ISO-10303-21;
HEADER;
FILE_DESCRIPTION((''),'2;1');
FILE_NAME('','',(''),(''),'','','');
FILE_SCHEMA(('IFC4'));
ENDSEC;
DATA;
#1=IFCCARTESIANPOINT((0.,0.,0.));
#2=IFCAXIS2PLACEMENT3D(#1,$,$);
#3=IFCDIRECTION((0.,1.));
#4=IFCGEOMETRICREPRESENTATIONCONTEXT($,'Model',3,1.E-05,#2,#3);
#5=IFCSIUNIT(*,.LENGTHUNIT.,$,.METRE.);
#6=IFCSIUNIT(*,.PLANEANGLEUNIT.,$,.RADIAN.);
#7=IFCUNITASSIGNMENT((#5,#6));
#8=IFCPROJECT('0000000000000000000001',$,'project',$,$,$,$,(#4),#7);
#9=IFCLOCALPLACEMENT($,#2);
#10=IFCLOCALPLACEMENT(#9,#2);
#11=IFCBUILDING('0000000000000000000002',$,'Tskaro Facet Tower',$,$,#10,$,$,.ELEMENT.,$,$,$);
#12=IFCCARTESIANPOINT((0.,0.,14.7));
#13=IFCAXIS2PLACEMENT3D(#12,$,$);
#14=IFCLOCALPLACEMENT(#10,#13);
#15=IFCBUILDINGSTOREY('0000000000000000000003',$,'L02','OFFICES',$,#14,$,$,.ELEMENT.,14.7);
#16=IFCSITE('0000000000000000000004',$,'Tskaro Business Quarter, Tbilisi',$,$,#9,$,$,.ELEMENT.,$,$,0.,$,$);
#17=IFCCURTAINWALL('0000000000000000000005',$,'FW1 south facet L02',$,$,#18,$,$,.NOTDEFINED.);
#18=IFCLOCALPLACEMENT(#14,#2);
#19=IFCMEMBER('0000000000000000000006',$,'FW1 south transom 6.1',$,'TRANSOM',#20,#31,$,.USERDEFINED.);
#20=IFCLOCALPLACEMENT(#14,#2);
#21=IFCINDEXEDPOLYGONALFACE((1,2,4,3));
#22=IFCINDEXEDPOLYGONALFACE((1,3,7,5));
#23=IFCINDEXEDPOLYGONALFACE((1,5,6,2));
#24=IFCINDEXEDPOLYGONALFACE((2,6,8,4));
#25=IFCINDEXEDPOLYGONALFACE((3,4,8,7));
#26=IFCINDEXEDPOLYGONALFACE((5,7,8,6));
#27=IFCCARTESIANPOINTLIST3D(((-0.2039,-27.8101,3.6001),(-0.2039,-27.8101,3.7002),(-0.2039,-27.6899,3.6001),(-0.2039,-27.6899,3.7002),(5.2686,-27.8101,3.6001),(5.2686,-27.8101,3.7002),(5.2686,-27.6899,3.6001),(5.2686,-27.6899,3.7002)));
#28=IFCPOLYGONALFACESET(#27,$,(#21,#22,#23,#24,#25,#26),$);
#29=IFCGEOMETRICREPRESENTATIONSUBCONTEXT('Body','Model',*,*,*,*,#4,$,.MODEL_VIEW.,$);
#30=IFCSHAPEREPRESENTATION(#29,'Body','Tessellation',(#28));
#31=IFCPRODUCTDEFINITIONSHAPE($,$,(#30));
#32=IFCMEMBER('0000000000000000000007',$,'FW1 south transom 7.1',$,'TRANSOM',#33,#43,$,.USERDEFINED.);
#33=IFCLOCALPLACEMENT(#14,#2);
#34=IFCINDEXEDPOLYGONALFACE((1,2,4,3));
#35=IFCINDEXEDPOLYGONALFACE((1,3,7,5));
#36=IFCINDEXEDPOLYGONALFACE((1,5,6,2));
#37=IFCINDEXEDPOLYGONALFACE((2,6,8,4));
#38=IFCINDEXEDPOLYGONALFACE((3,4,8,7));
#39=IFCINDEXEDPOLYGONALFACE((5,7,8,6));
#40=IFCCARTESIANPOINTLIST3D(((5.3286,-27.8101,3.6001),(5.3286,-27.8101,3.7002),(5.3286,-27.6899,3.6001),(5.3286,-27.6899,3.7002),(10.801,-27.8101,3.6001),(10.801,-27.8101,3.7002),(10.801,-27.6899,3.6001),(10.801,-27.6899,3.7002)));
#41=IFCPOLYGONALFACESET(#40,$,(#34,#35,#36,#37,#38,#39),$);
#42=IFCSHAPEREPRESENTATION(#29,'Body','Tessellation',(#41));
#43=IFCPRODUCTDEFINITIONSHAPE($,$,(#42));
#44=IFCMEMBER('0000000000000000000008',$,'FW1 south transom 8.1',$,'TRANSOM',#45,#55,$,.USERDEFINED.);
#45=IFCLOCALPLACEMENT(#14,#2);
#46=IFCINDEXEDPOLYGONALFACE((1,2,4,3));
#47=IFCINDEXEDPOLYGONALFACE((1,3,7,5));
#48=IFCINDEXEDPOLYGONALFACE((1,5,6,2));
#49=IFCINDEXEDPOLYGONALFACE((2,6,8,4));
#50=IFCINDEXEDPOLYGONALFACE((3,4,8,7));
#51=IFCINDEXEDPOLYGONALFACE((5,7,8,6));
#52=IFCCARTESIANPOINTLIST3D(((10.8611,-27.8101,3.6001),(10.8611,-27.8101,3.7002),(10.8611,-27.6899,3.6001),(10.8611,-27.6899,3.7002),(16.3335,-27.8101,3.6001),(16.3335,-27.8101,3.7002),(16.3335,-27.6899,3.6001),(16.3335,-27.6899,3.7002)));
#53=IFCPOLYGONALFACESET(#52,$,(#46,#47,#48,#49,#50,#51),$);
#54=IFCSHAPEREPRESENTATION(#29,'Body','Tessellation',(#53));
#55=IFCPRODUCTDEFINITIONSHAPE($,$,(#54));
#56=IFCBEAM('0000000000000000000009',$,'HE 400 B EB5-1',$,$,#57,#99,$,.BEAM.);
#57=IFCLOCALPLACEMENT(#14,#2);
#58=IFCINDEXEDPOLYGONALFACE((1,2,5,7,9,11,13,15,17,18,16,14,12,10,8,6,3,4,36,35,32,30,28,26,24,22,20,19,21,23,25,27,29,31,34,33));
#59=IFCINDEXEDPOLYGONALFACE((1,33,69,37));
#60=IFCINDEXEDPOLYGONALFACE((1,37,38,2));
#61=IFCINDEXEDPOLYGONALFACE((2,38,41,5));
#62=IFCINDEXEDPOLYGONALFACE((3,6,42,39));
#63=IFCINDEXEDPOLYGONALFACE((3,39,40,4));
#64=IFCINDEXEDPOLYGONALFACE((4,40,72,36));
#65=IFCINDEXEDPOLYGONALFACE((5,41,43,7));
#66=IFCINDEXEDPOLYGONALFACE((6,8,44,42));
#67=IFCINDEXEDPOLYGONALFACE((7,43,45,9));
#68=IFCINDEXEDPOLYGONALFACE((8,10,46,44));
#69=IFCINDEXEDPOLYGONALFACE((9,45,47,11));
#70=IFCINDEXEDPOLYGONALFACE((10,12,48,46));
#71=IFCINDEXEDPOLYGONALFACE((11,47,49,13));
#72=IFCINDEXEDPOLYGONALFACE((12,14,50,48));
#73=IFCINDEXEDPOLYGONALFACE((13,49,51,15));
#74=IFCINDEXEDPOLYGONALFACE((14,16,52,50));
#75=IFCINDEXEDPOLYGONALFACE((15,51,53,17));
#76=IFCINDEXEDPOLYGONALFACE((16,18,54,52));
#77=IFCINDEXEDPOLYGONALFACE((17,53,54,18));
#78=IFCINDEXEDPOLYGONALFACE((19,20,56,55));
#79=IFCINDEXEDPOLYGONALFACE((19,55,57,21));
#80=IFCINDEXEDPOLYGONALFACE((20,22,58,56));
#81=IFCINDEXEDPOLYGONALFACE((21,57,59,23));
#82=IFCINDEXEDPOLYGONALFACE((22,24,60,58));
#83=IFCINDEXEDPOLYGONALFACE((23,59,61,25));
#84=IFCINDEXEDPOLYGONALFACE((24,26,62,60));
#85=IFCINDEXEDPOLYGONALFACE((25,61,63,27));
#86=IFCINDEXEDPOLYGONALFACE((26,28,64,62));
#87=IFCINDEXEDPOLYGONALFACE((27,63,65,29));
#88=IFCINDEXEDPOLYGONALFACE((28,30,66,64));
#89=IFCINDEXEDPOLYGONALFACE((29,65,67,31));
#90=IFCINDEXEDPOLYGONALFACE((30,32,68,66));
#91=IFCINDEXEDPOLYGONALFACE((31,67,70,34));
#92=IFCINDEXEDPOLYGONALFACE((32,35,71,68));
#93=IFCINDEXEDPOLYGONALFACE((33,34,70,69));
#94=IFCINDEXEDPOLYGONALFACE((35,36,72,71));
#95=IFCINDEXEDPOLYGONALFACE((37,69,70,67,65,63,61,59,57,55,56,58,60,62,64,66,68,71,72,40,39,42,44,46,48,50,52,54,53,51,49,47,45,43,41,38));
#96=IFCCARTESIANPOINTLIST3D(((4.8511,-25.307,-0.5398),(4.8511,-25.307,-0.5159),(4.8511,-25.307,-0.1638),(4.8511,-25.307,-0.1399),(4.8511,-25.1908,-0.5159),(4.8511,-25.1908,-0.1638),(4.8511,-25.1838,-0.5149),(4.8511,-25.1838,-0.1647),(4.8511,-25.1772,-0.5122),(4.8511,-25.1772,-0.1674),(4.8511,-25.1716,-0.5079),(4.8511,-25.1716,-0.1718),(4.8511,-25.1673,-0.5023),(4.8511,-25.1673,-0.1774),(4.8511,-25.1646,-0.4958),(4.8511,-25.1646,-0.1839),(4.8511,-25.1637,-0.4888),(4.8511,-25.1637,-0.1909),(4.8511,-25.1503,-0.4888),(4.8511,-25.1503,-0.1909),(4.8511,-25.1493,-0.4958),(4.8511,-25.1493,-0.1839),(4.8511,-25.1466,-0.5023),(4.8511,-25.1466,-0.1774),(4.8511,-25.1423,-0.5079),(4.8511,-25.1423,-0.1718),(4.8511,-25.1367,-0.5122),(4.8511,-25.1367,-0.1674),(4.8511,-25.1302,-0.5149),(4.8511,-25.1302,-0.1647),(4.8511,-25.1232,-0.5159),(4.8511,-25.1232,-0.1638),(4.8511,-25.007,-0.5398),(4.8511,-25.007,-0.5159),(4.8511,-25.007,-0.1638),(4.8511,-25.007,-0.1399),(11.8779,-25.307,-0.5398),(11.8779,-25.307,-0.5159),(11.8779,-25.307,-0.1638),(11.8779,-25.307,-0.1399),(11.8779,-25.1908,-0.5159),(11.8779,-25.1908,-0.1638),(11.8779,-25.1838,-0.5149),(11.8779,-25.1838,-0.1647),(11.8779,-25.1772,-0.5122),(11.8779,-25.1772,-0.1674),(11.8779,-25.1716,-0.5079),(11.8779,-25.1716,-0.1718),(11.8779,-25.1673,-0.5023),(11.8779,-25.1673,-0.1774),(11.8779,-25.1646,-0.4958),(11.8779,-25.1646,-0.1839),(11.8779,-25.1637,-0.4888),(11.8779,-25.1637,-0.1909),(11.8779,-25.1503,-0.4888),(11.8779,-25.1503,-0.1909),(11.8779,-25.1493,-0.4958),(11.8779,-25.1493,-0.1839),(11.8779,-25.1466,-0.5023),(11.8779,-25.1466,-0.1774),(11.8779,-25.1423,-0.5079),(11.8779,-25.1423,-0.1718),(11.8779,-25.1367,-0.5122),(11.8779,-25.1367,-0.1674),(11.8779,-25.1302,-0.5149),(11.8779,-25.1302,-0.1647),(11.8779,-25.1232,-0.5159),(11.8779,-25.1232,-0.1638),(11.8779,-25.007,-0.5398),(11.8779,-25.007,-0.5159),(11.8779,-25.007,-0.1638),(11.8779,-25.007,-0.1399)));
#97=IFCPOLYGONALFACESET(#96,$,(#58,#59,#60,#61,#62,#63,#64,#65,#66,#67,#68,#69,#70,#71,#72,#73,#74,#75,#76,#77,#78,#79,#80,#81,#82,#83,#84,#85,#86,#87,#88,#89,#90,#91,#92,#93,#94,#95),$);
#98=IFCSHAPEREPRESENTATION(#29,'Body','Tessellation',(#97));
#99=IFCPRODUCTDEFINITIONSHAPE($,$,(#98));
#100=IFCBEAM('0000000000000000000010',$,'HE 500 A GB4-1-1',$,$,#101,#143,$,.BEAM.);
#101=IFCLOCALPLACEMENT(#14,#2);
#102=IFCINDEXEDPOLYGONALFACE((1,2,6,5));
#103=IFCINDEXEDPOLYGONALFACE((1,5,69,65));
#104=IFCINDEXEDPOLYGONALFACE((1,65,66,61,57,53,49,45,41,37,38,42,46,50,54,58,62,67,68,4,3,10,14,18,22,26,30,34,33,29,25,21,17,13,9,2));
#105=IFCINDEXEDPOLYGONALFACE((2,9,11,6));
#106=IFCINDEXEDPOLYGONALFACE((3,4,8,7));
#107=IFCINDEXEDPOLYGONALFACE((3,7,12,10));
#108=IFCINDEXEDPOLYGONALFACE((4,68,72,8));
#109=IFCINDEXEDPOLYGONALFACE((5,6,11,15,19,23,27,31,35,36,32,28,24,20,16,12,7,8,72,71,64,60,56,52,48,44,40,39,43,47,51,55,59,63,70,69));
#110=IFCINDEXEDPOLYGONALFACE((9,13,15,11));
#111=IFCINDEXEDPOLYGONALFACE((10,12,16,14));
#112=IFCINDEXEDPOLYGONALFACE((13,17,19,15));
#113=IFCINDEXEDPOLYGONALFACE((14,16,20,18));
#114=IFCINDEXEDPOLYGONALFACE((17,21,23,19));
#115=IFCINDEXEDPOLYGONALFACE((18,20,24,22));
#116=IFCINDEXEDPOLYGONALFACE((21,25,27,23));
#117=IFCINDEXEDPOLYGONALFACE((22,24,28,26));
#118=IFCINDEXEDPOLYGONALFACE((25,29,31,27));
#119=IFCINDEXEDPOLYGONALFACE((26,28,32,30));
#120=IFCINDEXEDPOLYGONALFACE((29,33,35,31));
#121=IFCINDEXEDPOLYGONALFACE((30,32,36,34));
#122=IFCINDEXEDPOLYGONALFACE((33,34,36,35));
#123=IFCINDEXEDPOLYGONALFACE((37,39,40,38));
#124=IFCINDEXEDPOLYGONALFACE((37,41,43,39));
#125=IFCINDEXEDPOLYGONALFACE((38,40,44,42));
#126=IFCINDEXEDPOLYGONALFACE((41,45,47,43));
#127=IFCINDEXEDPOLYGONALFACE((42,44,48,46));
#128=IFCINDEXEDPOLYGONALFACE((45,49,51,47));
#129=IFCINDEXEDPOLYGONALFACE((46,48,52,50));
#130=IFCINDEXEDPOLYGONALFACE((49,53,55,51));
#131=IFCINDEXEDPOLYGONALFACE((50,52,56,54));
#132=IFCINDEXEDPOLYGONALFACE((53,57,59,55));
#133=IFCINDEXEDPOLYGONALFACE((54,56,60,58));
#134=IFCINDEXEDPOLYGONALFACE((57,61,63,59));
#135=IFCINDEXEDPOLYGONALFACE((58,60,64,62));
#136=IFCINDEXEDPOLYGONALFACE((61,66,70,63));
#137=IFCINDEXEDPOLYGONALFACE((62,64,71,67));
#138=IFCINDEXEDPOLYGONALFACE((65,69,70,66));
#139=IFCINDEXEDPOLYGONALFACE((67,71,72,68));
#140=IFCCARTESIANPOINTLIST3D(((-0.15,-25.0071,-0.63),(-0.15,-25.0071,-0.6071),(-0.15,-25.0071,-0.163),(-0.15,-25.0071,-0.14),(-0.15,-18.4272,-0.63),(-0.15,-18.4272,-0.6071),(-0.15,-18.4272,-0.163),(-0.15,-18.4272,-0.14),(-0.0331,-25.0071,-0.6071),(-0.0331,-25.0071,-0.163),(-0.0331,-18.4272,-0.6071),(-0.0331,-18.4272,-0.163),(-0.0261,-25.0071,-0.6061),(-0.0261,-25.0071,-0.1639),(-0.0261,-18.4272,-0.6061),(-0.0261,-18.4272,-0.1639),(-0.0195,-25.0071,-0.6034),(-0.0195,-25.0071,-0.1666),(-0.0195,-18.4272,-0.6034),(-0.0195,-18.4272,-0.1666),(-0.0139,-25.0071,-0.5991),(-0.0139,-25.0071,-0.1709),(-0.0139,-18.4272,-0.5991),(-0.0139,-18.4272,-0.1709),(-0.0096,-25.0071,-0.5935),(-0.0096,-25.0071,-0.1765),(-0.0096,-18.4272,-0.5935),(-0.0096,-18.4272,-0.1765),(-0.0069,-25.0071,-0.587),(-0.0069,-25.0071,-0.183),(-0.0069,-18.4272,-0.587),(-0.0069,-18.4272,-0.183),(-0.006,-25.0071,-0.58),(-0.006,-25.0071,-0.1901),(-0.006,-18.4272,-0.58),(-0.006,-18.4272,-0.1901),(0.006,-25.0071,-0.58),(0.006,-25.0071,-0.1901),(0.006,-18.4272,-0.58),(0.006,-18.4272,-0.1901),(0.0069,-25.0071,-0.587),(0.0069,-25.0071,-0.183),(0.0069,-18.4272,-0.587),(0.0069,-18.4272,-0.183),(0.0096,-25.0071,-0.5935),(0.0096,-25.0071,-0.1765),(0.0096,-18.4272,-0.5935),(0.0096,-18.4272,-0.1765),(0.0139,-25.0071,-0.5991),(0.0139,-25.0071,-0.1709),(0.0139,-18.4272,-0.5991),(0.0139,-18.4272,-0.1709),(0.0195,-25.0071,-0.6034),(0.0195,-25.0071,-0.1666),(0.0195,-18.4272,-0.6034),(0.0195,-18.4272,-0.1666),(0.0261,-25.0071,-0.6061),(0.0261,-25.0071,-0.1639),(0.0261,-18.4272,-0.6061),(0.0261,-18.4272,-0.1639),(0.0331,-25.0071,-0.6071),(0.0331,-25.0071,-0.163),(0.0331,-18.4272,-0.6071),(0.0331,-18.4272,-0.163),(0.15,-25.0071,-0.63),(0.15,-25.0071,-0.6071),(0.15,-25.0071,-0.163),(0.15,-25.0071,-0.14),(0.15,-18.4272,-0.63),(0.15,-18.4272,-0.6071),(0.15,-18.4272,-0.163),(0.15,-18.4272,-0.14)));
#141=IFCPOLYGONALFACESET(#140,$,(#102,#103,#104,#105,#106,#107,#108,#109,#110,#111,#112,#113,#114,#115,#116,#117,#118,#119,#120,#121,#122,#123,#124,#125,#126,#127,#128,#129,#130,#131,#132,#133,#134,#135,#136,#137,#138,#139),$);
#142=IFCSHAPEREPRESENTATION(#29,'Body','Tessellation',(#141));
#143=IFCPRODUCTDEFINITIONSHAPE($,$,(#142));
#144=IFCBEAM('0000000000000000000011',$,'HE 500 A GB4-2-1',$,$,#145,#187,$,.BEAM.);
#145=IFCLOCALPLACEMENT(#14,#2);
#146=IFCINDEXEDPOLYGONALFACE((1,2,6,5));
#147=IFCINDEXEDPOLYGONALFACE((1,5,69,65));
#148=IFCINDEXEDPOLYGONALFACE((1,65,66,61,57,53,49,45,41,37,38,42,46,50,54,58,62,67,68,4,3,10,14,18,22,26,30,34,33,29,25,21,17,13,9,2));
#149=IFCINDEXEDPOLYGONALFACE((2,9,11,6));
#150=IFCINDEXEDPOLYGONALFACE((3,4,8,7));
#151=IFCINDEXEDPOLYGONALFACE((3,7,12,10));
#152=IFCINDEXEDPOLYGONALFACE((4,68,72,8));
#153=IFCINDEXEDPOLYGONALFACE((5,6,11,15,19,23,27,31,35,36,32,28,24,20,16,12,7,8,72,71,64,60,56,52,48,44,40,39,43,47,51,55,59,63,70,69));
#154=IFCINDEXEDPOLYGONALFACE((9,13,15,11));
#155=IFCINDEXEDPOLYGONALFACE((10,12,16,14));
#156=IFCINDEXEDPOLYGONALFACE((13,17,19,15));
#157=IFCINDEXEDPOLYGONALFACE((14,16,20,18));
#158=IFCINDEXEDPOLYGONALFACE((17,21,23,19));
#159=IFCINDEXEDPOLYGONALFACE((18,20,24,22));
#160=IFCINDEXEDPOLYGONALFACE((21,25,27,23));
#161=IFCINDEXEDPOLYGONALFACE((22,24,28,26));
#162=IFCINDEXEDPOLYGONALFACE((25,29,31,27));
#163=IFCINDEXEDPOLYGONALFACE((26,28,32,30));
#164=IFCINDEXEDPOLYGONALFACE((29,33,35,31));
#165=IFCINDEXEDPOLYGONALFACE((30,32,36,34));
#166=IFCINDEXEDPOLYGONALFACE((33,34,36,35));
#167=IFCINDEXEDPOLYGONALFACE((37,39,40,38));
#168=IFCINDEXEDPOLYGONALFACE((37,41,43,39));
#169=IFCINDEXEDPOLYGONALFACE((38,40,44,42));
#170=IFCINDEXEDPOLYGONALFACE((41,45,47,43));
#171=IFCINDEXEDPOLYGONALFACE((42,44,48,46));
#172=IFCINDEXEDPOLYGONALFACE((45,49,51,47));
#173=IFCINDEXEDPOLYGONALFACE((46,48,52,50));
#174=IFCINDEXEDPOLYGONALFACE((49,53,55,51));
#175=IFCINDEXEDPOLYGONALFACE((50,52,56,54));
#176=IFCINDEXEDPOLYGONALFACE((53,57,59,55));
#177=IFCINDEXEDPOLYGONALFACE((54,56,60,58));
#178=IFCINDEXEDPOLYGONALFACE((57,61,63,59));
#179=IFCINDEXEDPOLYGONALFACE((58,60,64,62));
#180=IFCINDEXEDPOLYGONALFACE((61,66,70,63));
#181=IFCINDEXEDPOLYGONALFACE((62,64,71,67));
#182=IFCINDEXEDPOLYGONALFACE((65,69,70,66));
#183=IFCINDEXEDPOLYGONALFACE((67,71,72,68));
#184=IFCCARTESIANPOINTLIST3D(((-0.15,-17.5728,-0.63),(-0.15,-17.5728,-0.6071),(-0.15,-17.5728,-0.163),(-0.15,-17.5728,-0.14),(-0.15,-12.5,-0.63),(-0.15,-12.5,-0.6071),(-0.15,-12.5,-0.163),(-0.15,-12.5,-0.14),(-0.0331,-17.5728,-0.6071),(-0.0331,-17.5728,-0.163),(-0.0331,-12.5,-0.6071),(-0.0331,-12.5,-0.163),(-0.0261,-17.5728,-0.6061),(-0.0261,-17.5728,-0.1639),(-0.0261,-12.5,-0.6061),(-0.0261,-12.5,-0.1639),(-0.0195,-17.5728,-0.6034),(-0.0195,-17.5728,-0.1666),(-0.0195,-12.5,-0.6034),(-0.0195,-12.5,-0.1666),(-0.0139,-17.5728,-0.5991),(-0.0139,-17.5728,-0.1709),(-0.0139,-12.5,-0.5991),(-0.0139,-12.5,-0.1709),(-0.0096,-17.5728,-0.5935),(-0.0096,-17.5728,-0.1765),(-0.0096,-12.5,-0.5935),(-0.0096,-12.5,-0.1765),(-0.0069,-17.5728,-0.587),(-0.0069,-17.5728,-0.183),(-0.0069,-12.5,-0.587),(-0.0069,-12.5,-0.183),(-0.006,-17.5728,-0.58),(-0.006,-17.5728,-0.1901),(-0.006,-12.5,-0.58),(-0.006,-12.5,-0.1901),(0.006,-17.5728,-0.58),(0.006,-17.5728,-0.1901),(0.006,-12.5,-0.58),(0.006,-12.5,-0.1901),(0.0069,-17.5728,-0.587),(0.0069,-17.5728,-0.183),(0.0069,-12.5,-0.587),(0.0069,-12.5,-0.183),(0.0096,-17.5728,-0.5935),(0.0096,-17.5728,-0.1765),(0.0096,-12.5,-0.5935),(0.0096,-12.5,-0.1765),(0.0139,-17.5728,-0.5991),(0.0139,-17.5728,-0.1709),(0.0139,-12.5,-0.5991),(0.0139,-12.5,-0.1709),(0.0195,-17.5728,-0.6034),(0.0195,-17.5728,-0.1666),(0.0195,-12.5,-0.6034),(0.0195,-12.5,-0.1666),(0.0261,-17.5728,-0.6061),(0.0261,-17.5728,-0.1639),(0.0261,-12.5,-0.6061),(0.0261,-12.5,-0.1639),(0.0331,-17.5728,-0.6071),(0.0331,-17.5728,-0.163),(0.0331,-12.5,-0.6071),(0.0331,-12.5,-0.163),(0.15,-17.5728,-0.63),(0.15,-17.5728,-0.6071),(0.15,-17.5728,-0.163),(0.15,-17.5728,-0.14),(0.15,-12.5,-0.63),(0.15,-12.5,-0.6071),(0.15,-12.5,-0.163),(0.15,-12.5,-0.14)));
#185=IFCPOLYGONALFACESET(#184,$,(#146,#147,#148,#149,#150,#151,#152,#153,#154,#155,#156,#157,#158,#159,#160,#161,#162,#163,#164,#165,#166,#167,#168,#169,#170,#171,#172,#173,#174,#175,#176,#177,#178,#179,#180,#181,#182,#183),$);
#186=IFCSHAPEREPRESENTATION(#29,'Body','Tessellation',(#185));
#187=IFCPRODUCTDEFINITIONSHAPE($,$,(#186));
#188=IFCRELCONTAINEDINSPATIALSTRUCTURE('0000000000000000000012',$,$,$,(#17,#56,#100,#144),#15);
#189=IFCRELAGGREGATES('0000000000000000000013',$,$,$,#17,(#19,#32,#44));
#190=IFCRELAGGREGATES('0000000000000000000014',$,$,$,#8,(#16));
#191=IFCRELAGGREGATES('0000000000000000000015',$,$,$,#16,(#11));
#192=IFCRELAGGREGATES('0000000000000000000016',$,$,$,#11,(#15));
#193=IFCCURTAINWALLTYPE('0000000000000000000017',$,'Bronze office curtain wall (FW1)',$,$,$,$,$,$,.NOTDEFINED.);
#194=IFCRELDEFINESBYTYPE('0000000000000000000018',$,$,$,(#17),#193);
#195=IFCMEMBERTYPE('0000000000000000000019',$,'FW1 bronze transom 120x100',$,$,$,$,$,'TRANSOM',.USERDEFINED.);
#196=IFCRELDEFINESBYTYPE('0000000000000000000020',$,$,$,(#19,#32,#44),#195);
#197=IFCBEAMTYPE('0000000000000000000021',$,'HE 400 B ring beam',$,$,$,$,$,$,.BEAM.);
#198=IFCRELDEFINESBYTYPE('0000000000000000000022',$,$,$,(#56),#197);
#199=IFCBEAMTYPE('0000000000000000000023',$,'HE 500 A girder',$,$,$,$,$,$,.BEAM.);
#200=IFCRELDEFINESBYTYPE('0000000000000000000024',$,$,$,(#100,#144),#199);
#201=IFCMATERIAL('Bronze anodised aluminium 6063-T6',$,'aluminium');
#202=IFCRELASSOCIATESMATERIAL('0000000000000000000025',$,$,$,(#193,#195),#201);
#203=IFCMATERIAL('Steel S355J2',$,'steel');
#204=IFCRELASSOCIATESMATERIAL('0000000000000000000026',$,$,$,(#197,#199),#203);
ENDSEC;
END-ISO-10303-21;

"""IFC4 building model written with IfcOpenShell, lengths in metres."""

from ifc_helpers import new_model, si_unit, direction, frame, origin, origin_2d, place, context, subcontext, project, spatial, rectangle, i_section, extrude, material, material_profile, profile_set, type_object, element, aggregate, save


model = new_model("IFC4")

# Units and contexts
model_context = context("Model", 3, precision=1e-05, world=origin(), true_north=direction((0.0, 1.0)))
body_context = subcontext(model_context, "Body", "Model", "MODEL_VIEW")
ifc_project = project(units=[si_unit("LENGTHUNIT", "METRE"), si_unit("PLANEANGLEUNIT", "RADIAN")], contexts=[model_context])

# Site, building, storey
site_placement = place(None, origin())
site = spatial("IfcSite", under=ifc_project, at=site_placement, Name="Tskaro Business Quarter, Tbilisi", CompositionType="ELEMENT", RefElevation=0.0)
building_placement = place(site_placement, origin())
building = spatial("IfcBuilding", under=site, at=building_placement, Name="Tskaro Facet Tower", CompositionType="ELEMENT")
storey_placement = place(building_placement, frame((0.0, 0.0, 14.7)))
storey = spatial("IfcBuildingStorey", under=building, at=storey_placement, Name="L02", Description="OFFICES", CompositionType="ELEMENT", Elevation=14.7)

# Curtain wall, members
ifc_material_1 = material(Name="Bronze anodised aluminium 6063-T6", Category="aluminium")
curtain_wall_type = type_object("IfcCurtainWallType", Name="Bronze office curtain wall (FW1)", PredefinedType="NOTDEFINED", material=ifc_material_1)
curtain_wall_placement = place(storey_placement, origin())
curtain_wall = element("IfcCurtainWall", 1, at=curtain_wall_placement, inside=storey, type_object=curtain_wall_type, Name="FW1 south facet L02", PredefinedType="NOTDEFINED")
ifc_material_profile_1 = material_profile(ifc_material_1, rectangle(XDim=0.1201, YDim=0.1001, at=origin_2d()), Name="Transom 120x100")
ifc_profile_set_1 = profile_set([ifc_material_profile_1], Name="Bronze anodised aluminium 6063-T6")
member_type_1 = type_object("IfcMemberType", Name="FW1 bronze transom 120x100", ElementType="TRANSOM", PredefinedType="USERDEFINED", material=ifc_profile_set_1)
member_1_placement = place(storey_placement, frame((-0.2039, -27.75, 3.6501), z_axis=(1.0, 0.0, 0.0), x_axis=(0.0, 1.0, 0.0)))
member_1 = element("IfcMember", 2, at=member_1_placement, type_object=member_type_1, Name="FW1 south transom 6.1", ObjectType="TRANSOM", PredefinedType="USERDEFINED", context=body_context, shape_type="SweptSolid", body=[
    extrude(rectangle(XDim=0.1201, YDim=0.1001, at=origin_2d()), origin(), (0.0, 0.0, 1.0), 5.4724),
])
member_2_placement = place(storey_placement, frame((5.3286, -27.75, 3.6501), z_axis=(1.0, 0.0, 0.0), x_axis=(0.0, 1.0, 0.0)))
member_2 = element("IfcMember", 3, at=member_2_placement, type_object=member_type_1, Name="FW1 south transom 7.1", ObjectType="TRANSOM", PredefinedType="USERDEFINED", context=body_context, shape_type="SweptSolid", body=[
    extrude(rectangle(XDim=0.1201, YDim=0.1001, at=origin_2d()), origin(), (0.0, 0.0, 1.0), 5.4724),
])
member_3_placement = place(storey_placement, frame((10.8611, -27.75, 3.6501), z_axis=(1.0, 0.0, 0.0), x_axis=(0.0, 1.0, 0.0)))
member_3 = element("IfcMember", 4, at=member_3_placement, type_object=member_type_1, Name="FW1 south transom 8.1", ObjectType="TRANSOM", PredefinedType="USERDEFINED", context=body_context, shape_type="SweptSolid", body=[
    extrude(rectangle(XDim=0.1201, YDim=0.1001, at=origin_2d()), origin(), (0.0, 0.0, 1.0), 5.4724),
])

# Beams
ifc_material_2 = material(Name="Steel S355J2", Category="steel")
ifc_material_profile_2 = material_profile(ifc_material_2, i_section(OverallWidth=0.3, OverallDepth=0.3999, WebThickness=0.0134, FlangeThickness=0.0239, FilletRadius=0.0271, at=origin_2d()), Name="HE 400 B")
ifc_profile_set_2 = profile_set([ifc_material_profile_2], Name="Steel S355J2")
beam_type_1 = type_object("IfcBeamType", Name="HE 400 B ring beam", PredefinedType="BEAM", material=ifc_profile_set_2)
beam_1_placement = place(storey_placement, frame((4.8511, -25.157, -0.3398), z_axis=(1.0, 0.0, 0.0), x_axis=(0.0, 1.0, 0.0)))
element("IfcBeam", 5, at=beam_1_placement, inside=storey, type_object=beam_type_1, Name="HE 400 B EB5-1", PredefinedType="BEAM", context=body_context, shape_type="SweptSolid", body=[
    extrude(i_section(OverallWidth=0.3, OverallDepth=0.3999, WebThickness=0.0134, FlangeThickness=0.0239, FilletRadius=0.0271, at=origin_2d()), origin(), (0.0, 0.0, 1.0), 7.0269),
])
ifc_material_profile_3 = material_profile(ifc_material_2, i_section(OverallWidth=0.3, OverallDepth=0.49, WebThickness=0.012, FlangeThickness=0.0229, FilletRadius=0.0271, at=origin_2d()), Name="HE 500 A")
ifc_profile_set_3 = profile_set([ifc_material_profile_3], Name="Steel S355J2")
beam_type_2 = type_object("IfcBeamType", Name="HE 500 A girder", PredefinedType="BEAM", material=ifc_profile_set_3)
beam_2_placement = place(storey_placement, frame((0.0, -25.0071, -0.385), z_axis=(0.0, 1.0, 0.0), x_axis=(-1.0, 0.0, 0.0)))
element("IfcBeam", 6, at=beam_2_placement, inside=storey, type_object=beam_type_2, Name="HE 500 A GB4-1-1", PredefinedType="BEAM", context=body_context, shape_type="SweptSolid", body=[
    extrude(i_section(OverallWidth=0.3, OverallDepth=0.49, WebThickness=0.012, FlangeThickness=0.0229, FilletRadius=0.0271, at=origin_2d()), origin(), (0.0, 0.0, 1.0), 6.5798),
])
beam_3_placement = place(storey_placement, frame((0.0, -17.5728, -0.385), z_axis=(0.0, 1.0, 0.0), x_axis=(-1.0, 0.0, 0.0)))
element("IfcBeam", 7, at=beam_3_placement, inside=storey, type_object=beam_type_2, Name="HE 500 A GB4-2-1", PredefinedType="BEAM", context=body_context, shape_type="SweptSolid", body=[
    extrude(i_section(OverallWidth=0.3, OverallDepth=0.49, WebThickness=0.012, FlangeThickness=0.0229, FilletRadius=0.0271, at=origin_2d()), origin(), (0.0, 0.0, 1.0), 5.0728),
])

aggregate(curtain_wall, [member_1, member_2, member_3])

save(model, "model.ifc")
